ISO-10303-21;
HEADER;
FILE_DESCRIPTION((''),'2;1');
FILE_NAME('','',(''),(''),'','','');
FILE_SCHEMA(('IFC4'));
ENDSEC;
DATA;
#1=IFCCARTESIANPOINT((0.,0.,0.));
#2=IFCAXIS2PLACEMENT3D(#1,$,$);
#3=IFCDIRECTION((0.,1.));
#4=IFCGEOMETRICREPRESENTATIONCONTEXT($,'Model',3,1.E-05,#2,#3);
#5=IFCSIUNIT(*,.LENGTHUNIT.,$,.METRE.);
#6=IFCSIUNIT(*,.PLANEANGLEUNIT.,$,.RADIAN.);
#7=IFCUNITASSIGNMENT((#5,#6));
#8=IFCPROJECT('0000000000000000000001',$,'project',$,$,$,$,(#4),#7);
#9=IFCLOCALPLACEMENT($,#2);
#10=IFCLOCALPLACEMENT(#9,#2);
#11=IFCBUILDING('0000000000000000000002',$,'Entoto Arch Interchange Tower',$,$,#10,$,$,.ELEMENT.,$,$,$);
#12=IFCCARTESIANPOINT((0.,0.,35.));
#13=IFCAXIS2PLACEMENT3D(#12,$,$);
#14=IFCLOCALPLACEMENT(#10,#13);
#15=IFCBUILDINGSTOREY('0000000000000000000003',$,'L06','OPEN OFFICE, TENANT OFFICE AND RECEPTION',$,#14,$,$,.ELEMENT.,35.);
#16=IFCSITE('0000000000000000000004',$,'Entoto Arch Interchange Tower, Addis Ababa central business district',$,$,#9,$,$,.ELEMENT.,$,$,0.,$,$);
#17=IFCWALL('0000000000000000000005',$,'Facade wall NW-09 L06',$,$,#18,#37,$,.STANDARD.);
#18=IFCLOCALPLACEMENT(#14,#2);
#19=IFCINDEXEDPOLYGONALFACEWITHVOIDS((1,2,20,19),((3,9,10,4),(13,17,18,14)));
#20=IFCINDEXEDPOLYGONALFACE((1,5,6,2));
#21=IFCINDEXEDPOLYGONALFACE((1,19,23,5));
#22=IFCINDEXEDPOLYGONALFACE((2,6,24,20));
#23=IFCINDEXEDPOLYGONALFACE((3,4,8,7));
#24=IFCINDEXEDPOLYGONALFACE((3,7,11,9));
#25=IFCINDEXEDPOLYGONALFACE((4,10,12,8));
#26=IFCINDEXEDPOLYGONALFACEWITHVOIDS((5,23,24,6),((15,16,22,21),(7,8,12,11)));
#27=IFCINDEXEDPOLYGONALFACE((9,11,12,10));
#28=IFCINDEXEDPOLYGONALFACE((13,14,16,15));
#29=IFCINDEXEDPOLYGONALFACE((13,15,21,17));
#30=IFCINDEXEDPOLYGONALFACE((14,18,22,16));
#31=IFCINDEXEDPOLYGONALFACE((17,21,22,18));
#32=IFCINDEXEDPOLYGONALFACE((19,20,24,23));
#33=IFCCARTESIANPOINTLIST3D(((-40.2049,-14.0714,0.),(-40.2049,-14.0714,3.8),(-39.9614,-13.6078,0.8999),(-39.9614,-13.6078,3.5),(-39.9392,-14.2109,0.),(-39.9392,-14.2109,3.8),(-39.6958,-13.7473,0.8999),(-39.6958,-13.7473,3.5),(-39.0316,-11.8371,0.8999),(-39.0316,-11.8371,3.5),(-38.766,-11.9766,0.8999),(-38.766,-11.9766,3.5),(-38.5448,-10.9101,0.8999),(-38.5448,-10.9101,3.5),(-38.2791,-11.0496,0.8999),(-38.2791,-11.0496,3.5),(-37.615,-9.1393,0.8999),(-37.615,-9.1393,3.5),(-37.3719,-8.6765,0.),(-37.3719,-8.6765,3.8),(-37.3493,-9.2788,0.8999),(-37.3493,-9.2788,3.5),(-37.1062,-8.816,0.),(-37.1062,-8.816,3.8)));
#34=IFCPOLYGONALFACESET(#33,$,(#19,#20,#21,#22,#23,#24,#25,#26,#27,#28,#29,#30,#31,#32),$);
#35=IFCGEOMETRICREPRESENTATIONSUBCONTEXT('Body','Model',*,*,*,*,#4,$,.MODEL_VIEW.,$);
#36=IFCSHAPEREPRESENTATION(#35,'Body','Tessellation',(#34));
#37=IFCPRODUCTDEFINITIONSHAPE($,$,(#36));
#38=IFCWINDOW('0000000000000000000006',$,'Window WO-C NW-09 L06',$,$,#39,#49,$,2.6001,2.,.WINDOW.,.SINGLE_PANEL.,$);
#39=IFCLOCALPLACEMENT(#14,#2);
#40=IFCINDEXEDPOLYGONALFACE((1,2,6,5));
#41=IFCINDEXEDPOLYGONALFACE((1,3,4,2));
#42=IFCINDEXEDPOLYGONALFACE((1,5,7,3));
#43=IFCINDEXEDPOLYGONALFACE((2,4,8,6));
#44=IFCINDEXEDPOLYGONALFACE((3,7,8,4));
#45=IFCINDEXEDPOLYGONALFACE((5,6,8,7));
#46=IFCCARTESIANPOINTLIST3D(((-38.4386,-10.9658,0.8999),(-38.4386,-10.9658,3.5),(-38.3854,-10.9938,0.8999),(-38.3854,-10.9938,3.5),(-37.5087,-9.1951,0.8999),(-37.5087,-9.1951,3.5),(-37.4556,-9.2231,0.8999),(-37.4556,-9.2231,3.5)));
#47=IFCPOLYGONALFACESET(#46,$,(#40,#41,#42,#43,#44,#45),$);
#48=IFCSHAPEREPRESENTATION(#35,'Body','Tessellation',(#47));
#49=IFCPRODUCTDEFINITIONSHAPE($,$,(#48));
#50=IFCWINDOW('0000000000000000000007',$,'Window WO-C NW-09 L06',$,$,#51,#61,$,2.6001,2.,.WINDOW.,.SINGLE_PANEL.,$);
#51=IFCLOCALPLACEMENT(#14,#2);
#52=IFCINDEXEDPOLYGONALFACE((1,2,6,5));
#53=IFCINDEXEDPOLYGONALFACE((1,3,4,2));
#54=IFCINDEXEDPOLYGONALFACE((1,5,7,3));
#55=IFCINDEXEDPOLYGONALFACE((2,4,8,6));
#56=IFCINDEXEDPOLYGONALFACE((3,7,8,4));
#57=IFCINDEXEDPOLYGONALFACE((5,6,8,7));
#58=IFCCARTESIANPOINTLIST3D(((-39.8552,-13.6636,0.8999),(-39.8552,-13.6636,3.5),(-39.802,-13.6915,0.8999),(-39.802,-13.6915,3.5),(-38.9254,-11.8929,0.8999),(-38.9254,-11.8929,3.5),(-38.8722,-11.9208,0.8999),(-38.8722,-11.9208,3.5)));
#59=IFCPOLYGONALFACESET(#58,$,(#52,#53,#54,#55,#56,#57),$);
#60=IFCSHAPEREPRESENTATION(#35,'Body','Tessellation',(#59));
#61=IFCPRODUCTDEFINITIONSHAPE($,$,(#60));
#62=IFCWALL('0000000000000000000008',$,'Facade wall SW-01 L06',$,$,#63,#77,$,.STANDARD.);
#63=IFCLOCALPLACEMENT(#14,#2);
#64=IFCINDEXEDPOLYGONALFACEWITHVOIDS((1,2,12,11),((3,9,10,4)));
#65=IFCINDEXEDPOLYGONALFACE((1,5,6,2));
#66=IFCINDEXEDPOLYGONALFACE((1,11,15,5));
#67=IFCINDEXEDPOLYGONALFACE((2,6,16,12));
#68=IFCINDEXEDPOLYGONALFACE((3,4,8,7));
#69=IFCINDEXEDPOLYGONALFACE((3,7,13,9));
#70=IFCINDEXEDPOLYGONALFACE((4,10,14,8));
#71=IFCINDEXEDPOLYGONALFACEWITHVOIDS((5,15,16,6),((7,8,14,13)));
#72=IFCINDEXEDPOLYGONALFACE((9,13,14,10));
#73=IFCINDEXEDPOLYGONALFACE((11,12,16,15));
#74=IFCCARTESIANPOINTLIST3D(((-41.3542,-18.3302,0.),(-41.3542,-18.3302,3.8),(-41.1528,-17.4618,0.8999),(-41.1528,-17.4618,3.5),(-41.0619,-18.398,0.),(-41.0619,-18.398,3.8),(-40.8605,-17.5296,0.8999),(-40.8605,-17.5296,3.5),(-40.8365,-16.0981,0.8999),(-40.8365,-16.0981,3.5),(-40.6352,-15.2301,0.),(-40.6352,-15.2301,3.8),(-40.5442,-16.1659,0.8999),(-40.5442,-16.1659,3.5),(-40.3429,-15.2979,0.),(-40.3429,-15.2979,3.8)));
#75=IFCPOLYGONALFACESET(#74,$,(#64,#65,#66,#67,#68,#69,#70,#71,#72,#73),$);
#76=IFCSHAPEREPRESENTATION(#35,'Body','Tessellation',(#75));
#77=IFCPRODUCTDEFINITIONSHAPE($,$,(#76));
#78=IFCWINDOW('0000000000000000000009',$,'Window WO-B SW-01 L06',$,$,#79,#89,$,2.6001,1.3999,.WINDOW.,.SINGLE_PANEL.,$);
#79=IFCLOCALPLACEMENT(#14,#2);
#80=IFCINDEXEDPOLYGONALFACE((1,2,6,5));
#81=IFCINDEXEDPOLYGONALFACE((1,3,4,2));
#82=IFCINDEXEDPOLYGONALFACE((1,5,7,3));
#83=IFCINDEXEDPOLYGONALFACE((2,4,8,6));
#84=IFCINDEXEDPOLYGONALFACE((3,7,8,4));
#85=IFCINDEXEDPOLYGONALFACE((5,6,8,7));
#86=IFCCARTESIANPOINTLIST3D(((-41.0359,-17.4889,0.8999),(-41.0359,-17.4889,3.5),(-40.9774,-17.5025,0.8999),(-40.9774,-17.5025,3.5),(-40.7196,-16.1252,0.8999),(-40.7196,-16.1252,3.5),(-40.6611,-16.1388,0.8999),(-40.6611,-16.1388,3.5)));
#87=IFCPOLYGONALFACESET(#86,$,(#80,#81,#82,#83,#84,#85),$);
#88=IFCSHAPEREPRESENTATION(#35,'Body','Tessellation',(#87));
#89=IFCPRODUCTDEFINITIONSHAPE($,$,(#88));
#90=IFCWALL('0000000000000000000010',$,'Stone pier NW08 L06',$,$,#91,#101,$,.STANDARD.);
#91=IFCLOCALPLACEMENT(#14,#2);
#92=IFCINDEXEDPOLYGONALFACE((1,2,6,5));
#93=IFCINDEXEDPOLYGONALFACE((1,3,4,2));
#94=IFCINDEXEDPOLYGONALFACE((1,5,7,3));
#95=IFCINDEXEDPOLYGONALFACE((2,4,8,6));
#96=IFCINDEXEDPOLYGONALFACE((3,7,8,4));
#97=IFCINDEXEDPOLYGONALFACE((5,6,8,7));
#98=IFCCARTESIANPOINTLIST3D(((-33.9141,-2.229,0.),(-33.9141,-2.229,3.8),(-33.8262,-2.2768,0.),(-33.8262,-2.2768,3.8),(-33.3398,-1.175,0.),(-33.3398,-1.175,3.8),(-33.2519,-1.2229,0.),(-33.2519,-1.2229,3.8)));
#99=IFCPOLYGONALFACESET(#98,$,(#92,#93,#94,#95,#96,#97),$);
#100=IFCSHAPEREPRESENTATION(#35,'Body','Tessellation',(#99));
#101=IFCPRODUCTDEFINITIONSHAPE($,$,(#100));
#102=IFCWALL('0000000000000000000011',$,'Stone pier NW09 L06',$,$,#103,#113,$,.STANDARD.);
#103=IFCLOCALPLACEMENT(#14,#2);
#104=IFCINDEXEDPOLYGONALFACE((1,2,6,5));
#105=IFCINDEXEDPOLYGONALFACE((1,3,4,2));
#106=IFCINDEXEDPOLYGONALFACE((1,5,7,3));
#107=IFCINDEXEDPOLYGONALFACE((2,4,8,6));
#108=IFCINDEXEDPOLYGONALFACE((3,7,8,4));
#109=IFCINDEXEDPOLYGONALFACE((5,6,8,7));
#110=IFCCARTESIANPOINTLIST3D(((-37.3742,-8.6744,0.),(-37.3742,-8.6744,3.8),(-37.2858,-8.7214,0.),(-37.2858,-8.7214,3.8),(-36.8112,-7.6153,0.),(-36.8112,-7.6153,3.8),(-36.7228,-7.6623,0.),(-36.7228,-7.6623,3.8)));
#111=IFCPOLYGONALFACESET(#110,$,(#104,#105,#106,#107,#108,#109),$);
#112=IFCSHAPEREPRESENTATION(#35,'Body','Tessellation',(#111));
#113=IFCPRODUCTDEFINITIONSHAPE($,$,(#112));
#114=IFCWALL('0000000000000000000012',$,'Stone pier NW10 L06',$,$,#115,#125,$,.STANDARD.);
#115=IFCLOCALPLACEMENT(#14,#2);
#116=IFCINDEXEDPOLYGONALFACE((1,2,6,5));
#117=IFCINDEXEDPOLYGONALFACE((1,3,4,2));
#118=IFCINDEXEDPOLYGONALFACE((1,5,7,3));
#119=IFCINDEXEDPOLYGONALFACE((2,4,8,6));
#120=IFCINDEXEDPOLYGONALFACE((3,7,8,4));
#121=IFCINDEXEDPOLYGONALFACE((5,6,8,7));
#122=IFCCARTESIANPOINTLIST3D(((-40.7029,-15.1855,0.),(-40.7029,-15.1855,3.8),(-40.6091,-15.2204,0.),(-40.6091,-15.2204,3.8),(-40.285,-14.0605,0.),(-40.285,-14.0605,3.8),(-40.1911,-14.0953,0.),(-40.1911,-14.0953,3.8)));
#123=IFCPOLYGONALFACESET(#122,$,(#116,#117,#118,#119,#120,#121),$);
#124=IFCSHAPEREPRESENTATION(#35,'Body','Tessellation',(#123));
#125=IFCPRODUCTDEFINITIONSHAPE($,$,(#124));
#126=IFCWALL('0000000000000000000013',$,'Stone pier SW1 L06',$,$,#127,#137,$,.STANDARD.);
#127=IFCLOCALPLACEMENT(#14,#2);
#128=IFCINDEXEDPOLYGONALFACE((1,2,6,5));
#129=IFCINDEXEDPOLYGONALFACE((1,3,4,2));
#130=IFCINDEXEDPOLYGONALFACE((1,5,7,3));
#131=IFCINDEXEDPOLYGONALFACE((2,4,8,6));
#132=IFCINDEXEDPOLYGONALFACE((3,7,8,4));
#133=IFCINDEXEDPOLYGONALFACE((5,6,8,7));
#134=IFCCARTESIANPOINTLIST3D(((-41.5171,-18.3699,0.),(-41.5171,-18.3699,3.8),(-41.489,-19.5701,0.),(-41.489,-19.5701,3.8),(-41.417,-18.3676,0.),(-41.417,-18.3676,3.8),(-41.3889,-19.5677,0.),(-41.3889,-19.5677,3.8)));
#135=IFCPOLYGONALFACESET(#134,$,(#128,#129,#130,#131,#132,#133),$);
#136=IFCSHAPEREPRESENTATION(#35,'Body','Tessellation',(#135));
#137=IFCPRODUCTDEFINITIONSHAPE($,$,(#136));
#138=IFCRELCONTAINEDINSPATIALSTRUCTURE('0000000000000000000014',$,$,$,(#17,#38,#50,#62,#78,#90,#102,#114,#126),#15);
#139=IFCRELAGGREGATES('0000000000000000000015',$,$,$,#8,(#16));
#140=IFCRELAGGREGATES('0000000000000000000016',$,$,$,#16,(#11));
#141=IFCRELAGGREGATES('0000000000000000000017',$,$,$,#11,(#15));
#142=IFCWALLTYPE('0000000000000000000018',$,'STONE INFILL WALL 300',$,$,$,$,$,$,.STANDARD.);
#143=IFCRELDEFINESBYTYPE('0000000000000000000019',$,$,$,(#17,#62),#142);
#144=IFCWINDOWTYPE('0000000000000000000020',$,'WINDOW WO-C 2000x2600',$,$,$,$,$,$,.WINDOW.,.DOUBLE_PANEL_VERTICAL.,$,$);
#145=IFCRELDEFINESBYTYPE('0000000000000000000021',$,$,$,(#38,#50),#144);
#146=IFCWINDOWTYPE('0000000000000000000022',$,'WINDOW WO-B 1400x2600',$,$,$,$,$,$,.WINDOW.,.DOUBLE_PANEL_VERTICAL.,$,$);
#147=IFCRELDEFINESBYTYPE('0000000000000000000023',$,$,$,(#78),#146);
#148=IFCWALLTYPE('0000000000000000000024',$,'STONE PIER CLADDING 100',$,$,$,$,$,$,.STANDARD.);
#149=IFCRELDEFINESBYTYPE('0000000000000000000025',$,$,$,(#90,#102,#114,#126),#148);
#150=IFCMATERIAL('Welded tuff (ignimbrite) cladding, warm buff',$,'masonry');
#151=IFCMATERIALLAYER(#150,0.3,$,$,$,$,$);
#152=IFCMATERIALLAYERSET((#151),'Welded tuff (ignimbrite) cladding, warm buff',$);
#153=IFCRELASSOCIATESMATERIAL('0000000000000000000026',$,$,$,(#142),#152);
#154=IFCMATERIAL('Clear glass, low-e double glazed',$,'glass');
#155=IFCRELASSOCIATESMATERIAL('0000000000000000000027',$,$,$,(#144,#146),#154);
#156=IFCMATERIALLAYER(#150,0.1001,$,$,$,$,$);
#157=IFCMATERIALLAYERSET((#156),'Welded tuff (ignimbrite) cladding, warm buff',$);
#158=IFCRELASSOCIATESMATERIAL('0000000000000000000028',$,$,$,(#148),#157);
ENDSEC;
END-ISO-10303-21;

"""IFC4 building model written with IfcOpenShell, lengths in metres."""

from ifc_helpers import new_model, si_unit, direction, frame, frame_2d, origin, place, context, subcontext, project, spatial, rectangle, extrude, material, layer, layer_set, type_object, element, fill, save


model = new_model("IFC4")

# Units and contexts
model_context = context("Model", 3, precision=1e-05, world=origin(), true_north=direction((0.0, 1.0)))
body_context = subcontext(model_context, "Body", "Model", "MODEL_VIEW")
ifc_project = project(units=[si_unit("LENGTHUNIT", "METRE"), si_unit("PLANEANGLEUNIT", "RADIAN")], contexts=[model_context])

# Site, building, storey
site_placement = place(None, origin())
site = spatial("IfcSite", under=ifc_project, at=site_placement, Name="Entoto Arch Interchange Tower, Addis Ababa central business district", CompositionType="ELEMENT", RefElevation=0.0)
building_placement = place(site_placement, origin())
building = spatial("IfcBuilding", under=site, at=building_placement, Name="Entoto Arch Interchange Tower", CompositionType="ELEMENT")
storey_placement = place(building_placement, frame((0.0, 0.0, 35.0)))
storey = spatial("IfcBuildingStorey", under=building, at=storey_placement, Name="L06", Description="OPEN OFFICE, TENANT OFFICE AND RECEPTION", CompositionType="ELEMENT", Elevation=35.0)

# Wall, openings, windows
ifc_material_1 = material(Name="Welded tuff (ignimbrite) cladding, warm buff", Category="masonry")
ifc_layer_1 = layer(ifc_material_1, 0.3)
ifc_layer_set_1 = layer_set([ifc_layer_1], Name="Welded tuff (ignimbrite) cladding, warm buff")
wall_type_1 = type_object("IfcWallType", Name="STONE INFILL WALL 300", PredefinedType="STANDARD", material=ifc_layer_set_1)
ifc_material_2 = material(Name="Clear glass, low-e double glazed", Category="glass")
window_type_1 = type_object("IfcWindowType", Name="WINDOW WO-C 2000x2600", PartitioningType="DOUBLE_PANEL_VERTICAL", PredefinedType="WINDOW", material=ifc_material_2)
wall_1_placement = place(storey_placement, frame((-37.239, -8.7461, 0.0), z_axis=(0.0, 0.0, 1.0), x_axis=(-0.464914, -0.885356, 0.0)))
wall_1 = element("IfcWall", 1, at=wall_1_placement, inside=storey, type_object=wall_type_1, Name="Facade wall NW-09 L06", PredefinedType="STANDARD", context=body_context, shape_type="SweptSolid", body=[
    extrude(rectangle(XDim=6.0935, YDim=0.3, at=frame_2d((3.0469, 0.0))), origin(), (0.0, 0.0, 1.0), 3.8),
])
opening_1_placement = place(wall_1_placement, frame((0.5229, 0.0, 0.8999)))
opening_1 = element("IfcOpeningElement", 2, at=opening_1_placement, cuts=wall_1, PredefinedType="OPENING", context=body_context, shape_type="SweptSolid", body=[
    extrude(rectangle(XDim=2.0, YDim=2.6001, at=frame_2d((1.0, 1.3))), frame((0.0, 0.1602, 0.0), z_axis=(0.0, -1.0, 0.0), x_axis=(1.0, 0.0, 0.0)), (0.0, 0.0, 1.0), 0.3201),
])
opening_2_placement = place(wall_1_placement, frame((3.5701, 0.0, 0.8999)))
opening_2 = element("IfcOpeningElement", 3, at=opening_2_placement, cuts=wall_1, PredefinedType="OPENING", context=body_context, shape_type="SweptSolid", body=[
    extrude(rectangle(XDim=2.0, YDim=2.6001, at=frame_2d((1.0, 1.3))), frame((0.0, 0.1602, 0.0), z_axis=(0.0, -1.0, 0.0), x_axis=(1.0, 0.0, 0.0)), (0.0, 0.0, 1.0), 0.3201),
])
window_1_placement = place(opening_1_placement, origin())
window_1 = element("IfcWindow", 4, at=window_1_placement, inside=storey, type_object=window_type_1, Name="Window WO-C NW-09 L06", OverallHeight=2.6001, OverallWidth=2.0, PartitioningType="SINGLE_PANEL", PredefinedType="WINDOW", context=body_context, shape_type="SweptSolid", body=[
    extrude(rectangle(XDim=2.0, YDim=2.6001, at=frame_2d((1.0, 1.3))), frame((0.0, 0.03, 0.0), z_axis=(0.0, -1.0, 0.0), x_axis=(1.0, 0.0, 0.0)), (0.0, 0.0, 1.0), 0.0601),
])
fill(opening_1, window_1)
window_2_placement = place(opening_2_placement, origin())
window_2 = element("IfcWindow", 5, at=window_2_placement, inside=storey, type_object=window_type_1, Name="Window WO-C NW-09 L06", OverallHeight=2.6001, OverallWidth=2.0, PartitioningType="SINGLE_PANEL", PredefinedType="WINDOW", context=body_context, shape_type="SweptSolid", body=[
    extrude(rectangle(XDim=2.0, YDim=2.6001, at=frame_2d((1.0, 1.3))), frame((0.0, 0.03, 0.0), z_axis=(0.0, -1.0, 0.0), x_axis=(1.0, 0.0, 0.0)), (0.0, 0.0, 1.0), 0.0601),
])
fill(opening_2, window_2)

# Wall, opening, window
wall_2_placement = place(storey_placement, frame((-40.489, -15.2639, 0.0), z_axis=(0.0, 0.0, 1.0), x_axis=(-0.22593, -0.974144, 0.0)))
wall_2 = element("IfcWall", 6, at=wall_2_placement, inside=storey, type_object=wall_type_1, Name="Facade wall SW-01 L06", PredefinedType="STANDARD", context=body_context, shape_type="SweptSolid", body=[
    extrude(rectangle(XDim=3.1824, YDim=0.3, at=frame_2d((1.5913, 0.0))), origin(), (0.0, 0.0, 1.0), 3.8),
])
opening_3_placement = place(wall_2_placement, frame((0.8911, 0.0, 0.8999)))
opening_3 = element("IfcOpeningElement", 7, at=opening_3_placement, cuts=wall_2, PredefinedType="OPENING", context=body_context, shape_type="SweptSolid", body=[
    extrude(rectangle(XDim=1.3999, YDim=2.6001, at=frame_2d((0.7, 1.3))), frame((0.0, 0.1602, 0.0), z_axis=(0.0, -1.0, 0.0), x_axis=(1.0, 0.0, 0.0)), (0.0, 0.0, 1.0), 0.3201),
])
window_type_2 = type_object("IfcWindowType", Name="WINDOW WO-B 1400x2600", PartitioningType="DOUBLE_PANEL_VERTICAL", PredefinedType="WINDOW", material=ifc_material_2)
window_3_placement = place(opening_3_placement, origin())
window_3 = element("IfcWindow", 8, at=window_3_placement, inside=storey, type_object=window_type_2, Name="Window WO-B SW-01 L06", OverallHeight=2.6001, OverallWidth=1.3999, PartitioningType="SINGLE_PANEL", PredefinedType="WINDOW", context=body_context, shape_type="SweptSolid", body=[
    extrude(rectangle(XDim=1.3999, YDim=2.6001, at=frame_2d((0.7, 1.3))), frame((0.0, 0.03, 0.0), z_axis=(0.0, -1.0, 0.0), x_axis=(1.0, 0.0, 0.0)), (0.0, 0.0, 1.0), 0.0601),
])
fill(opening_3, window_3)

# Walls
ifc_layer_2 = layer(ifc_material_1, 0.1001)
ifc_layer_set_2 = layer_set([ifc_layer_2], Name="Welded tuff (ignimbrite) cladding, warm buff")
wall_type_2 = type_object("IfcWallType", Name="STONE PIER CLADDING 100", PredefinedType="STANDARD", material=ifc_layer_set_2)
wall_3_placement = place(storey_placement, frame((-33.2959, -1.199, 0.0), z_axis=(0.0, 0.0, 1.0), x_axis=(-0.478425, -0.878129, 0.0)))
element("IfcWall", 9, at=wall_3_placement, inside=storey, type_object=wall_type_2, Name="Stone pier NW08 L06", PredefinedType="STANDARD", context=body_context, shape_type="SweptSolid", body=[
    extrude(rectangle(XDim=1.2002, YDim=0.1001, at=frame_2d((0.6001, 0.0))), origin(), (0.0, 0.0, 1.0), 3.8),
])
wall_4_placement = place(storey_placement, frame((-36.7671, -7.6389, 0.0), z_axis=(0.0, 0.0, 1.0), x_axis=(-0.469383, -0.882994, 0.0)))
element("IfcWall", 10, at=wall_4_placement, inside=storey, type_object=wall_type_2, Name="Stone pier NW09 L06", PredefinedType="STANDARD", context=body_context, shape_type="SweptSolid", body=[
    extrude(rectangle(XDim=1.1995, YDim=0.1001, at=frame_2d((0.5996, 0.0))), origin(), (0.0, 0.0, 1.0), 3.8),
])
wall_5_placement = place(storey_placement, frame((-40.238, -14.0779, 0.0), z_axis=(0.0, 0.0, 1.0), x_axis=(-0.348268, -0.937395, 0.0)))
element("IfcWall", 11, at=wall_5_placement, inside=storey, type_object=wall_type_2, Name="Stone pier NW10 L06", PredefinedType="STANDARD", context=body_context, shape_type="SweptSolid", body=[
    extrude(rectangle(XDim=1.2002, YDim=0.1001, at=frame_2d((0.6001, 0.0))), origin(), (0.0, 0.0, 1.0), 3.8),
])
wall_6_placement = place(storey_placement, frame((-41.467, -18.3689, 0.0), z_axis=(0.0, 0.0, 1.0), x_axis=(0.023387, -0.999726, 0.0)))
element("IfcWall", 12, at=wall_6_placement, inside=storey, type_object=wall_type_2, Name="Stone pier SW1 L06", PredefinedType="STANDARD", context=body_context, shape_type="SweptSolid", body=[
    extrude(rectangle(XDim=1.2004, YDim=0.1001, at=frame_2d((0.6001, 0.0))), origin(), (0.0, 0.0, 1.0), 3.8),
])

save(model, "model.ifc")
